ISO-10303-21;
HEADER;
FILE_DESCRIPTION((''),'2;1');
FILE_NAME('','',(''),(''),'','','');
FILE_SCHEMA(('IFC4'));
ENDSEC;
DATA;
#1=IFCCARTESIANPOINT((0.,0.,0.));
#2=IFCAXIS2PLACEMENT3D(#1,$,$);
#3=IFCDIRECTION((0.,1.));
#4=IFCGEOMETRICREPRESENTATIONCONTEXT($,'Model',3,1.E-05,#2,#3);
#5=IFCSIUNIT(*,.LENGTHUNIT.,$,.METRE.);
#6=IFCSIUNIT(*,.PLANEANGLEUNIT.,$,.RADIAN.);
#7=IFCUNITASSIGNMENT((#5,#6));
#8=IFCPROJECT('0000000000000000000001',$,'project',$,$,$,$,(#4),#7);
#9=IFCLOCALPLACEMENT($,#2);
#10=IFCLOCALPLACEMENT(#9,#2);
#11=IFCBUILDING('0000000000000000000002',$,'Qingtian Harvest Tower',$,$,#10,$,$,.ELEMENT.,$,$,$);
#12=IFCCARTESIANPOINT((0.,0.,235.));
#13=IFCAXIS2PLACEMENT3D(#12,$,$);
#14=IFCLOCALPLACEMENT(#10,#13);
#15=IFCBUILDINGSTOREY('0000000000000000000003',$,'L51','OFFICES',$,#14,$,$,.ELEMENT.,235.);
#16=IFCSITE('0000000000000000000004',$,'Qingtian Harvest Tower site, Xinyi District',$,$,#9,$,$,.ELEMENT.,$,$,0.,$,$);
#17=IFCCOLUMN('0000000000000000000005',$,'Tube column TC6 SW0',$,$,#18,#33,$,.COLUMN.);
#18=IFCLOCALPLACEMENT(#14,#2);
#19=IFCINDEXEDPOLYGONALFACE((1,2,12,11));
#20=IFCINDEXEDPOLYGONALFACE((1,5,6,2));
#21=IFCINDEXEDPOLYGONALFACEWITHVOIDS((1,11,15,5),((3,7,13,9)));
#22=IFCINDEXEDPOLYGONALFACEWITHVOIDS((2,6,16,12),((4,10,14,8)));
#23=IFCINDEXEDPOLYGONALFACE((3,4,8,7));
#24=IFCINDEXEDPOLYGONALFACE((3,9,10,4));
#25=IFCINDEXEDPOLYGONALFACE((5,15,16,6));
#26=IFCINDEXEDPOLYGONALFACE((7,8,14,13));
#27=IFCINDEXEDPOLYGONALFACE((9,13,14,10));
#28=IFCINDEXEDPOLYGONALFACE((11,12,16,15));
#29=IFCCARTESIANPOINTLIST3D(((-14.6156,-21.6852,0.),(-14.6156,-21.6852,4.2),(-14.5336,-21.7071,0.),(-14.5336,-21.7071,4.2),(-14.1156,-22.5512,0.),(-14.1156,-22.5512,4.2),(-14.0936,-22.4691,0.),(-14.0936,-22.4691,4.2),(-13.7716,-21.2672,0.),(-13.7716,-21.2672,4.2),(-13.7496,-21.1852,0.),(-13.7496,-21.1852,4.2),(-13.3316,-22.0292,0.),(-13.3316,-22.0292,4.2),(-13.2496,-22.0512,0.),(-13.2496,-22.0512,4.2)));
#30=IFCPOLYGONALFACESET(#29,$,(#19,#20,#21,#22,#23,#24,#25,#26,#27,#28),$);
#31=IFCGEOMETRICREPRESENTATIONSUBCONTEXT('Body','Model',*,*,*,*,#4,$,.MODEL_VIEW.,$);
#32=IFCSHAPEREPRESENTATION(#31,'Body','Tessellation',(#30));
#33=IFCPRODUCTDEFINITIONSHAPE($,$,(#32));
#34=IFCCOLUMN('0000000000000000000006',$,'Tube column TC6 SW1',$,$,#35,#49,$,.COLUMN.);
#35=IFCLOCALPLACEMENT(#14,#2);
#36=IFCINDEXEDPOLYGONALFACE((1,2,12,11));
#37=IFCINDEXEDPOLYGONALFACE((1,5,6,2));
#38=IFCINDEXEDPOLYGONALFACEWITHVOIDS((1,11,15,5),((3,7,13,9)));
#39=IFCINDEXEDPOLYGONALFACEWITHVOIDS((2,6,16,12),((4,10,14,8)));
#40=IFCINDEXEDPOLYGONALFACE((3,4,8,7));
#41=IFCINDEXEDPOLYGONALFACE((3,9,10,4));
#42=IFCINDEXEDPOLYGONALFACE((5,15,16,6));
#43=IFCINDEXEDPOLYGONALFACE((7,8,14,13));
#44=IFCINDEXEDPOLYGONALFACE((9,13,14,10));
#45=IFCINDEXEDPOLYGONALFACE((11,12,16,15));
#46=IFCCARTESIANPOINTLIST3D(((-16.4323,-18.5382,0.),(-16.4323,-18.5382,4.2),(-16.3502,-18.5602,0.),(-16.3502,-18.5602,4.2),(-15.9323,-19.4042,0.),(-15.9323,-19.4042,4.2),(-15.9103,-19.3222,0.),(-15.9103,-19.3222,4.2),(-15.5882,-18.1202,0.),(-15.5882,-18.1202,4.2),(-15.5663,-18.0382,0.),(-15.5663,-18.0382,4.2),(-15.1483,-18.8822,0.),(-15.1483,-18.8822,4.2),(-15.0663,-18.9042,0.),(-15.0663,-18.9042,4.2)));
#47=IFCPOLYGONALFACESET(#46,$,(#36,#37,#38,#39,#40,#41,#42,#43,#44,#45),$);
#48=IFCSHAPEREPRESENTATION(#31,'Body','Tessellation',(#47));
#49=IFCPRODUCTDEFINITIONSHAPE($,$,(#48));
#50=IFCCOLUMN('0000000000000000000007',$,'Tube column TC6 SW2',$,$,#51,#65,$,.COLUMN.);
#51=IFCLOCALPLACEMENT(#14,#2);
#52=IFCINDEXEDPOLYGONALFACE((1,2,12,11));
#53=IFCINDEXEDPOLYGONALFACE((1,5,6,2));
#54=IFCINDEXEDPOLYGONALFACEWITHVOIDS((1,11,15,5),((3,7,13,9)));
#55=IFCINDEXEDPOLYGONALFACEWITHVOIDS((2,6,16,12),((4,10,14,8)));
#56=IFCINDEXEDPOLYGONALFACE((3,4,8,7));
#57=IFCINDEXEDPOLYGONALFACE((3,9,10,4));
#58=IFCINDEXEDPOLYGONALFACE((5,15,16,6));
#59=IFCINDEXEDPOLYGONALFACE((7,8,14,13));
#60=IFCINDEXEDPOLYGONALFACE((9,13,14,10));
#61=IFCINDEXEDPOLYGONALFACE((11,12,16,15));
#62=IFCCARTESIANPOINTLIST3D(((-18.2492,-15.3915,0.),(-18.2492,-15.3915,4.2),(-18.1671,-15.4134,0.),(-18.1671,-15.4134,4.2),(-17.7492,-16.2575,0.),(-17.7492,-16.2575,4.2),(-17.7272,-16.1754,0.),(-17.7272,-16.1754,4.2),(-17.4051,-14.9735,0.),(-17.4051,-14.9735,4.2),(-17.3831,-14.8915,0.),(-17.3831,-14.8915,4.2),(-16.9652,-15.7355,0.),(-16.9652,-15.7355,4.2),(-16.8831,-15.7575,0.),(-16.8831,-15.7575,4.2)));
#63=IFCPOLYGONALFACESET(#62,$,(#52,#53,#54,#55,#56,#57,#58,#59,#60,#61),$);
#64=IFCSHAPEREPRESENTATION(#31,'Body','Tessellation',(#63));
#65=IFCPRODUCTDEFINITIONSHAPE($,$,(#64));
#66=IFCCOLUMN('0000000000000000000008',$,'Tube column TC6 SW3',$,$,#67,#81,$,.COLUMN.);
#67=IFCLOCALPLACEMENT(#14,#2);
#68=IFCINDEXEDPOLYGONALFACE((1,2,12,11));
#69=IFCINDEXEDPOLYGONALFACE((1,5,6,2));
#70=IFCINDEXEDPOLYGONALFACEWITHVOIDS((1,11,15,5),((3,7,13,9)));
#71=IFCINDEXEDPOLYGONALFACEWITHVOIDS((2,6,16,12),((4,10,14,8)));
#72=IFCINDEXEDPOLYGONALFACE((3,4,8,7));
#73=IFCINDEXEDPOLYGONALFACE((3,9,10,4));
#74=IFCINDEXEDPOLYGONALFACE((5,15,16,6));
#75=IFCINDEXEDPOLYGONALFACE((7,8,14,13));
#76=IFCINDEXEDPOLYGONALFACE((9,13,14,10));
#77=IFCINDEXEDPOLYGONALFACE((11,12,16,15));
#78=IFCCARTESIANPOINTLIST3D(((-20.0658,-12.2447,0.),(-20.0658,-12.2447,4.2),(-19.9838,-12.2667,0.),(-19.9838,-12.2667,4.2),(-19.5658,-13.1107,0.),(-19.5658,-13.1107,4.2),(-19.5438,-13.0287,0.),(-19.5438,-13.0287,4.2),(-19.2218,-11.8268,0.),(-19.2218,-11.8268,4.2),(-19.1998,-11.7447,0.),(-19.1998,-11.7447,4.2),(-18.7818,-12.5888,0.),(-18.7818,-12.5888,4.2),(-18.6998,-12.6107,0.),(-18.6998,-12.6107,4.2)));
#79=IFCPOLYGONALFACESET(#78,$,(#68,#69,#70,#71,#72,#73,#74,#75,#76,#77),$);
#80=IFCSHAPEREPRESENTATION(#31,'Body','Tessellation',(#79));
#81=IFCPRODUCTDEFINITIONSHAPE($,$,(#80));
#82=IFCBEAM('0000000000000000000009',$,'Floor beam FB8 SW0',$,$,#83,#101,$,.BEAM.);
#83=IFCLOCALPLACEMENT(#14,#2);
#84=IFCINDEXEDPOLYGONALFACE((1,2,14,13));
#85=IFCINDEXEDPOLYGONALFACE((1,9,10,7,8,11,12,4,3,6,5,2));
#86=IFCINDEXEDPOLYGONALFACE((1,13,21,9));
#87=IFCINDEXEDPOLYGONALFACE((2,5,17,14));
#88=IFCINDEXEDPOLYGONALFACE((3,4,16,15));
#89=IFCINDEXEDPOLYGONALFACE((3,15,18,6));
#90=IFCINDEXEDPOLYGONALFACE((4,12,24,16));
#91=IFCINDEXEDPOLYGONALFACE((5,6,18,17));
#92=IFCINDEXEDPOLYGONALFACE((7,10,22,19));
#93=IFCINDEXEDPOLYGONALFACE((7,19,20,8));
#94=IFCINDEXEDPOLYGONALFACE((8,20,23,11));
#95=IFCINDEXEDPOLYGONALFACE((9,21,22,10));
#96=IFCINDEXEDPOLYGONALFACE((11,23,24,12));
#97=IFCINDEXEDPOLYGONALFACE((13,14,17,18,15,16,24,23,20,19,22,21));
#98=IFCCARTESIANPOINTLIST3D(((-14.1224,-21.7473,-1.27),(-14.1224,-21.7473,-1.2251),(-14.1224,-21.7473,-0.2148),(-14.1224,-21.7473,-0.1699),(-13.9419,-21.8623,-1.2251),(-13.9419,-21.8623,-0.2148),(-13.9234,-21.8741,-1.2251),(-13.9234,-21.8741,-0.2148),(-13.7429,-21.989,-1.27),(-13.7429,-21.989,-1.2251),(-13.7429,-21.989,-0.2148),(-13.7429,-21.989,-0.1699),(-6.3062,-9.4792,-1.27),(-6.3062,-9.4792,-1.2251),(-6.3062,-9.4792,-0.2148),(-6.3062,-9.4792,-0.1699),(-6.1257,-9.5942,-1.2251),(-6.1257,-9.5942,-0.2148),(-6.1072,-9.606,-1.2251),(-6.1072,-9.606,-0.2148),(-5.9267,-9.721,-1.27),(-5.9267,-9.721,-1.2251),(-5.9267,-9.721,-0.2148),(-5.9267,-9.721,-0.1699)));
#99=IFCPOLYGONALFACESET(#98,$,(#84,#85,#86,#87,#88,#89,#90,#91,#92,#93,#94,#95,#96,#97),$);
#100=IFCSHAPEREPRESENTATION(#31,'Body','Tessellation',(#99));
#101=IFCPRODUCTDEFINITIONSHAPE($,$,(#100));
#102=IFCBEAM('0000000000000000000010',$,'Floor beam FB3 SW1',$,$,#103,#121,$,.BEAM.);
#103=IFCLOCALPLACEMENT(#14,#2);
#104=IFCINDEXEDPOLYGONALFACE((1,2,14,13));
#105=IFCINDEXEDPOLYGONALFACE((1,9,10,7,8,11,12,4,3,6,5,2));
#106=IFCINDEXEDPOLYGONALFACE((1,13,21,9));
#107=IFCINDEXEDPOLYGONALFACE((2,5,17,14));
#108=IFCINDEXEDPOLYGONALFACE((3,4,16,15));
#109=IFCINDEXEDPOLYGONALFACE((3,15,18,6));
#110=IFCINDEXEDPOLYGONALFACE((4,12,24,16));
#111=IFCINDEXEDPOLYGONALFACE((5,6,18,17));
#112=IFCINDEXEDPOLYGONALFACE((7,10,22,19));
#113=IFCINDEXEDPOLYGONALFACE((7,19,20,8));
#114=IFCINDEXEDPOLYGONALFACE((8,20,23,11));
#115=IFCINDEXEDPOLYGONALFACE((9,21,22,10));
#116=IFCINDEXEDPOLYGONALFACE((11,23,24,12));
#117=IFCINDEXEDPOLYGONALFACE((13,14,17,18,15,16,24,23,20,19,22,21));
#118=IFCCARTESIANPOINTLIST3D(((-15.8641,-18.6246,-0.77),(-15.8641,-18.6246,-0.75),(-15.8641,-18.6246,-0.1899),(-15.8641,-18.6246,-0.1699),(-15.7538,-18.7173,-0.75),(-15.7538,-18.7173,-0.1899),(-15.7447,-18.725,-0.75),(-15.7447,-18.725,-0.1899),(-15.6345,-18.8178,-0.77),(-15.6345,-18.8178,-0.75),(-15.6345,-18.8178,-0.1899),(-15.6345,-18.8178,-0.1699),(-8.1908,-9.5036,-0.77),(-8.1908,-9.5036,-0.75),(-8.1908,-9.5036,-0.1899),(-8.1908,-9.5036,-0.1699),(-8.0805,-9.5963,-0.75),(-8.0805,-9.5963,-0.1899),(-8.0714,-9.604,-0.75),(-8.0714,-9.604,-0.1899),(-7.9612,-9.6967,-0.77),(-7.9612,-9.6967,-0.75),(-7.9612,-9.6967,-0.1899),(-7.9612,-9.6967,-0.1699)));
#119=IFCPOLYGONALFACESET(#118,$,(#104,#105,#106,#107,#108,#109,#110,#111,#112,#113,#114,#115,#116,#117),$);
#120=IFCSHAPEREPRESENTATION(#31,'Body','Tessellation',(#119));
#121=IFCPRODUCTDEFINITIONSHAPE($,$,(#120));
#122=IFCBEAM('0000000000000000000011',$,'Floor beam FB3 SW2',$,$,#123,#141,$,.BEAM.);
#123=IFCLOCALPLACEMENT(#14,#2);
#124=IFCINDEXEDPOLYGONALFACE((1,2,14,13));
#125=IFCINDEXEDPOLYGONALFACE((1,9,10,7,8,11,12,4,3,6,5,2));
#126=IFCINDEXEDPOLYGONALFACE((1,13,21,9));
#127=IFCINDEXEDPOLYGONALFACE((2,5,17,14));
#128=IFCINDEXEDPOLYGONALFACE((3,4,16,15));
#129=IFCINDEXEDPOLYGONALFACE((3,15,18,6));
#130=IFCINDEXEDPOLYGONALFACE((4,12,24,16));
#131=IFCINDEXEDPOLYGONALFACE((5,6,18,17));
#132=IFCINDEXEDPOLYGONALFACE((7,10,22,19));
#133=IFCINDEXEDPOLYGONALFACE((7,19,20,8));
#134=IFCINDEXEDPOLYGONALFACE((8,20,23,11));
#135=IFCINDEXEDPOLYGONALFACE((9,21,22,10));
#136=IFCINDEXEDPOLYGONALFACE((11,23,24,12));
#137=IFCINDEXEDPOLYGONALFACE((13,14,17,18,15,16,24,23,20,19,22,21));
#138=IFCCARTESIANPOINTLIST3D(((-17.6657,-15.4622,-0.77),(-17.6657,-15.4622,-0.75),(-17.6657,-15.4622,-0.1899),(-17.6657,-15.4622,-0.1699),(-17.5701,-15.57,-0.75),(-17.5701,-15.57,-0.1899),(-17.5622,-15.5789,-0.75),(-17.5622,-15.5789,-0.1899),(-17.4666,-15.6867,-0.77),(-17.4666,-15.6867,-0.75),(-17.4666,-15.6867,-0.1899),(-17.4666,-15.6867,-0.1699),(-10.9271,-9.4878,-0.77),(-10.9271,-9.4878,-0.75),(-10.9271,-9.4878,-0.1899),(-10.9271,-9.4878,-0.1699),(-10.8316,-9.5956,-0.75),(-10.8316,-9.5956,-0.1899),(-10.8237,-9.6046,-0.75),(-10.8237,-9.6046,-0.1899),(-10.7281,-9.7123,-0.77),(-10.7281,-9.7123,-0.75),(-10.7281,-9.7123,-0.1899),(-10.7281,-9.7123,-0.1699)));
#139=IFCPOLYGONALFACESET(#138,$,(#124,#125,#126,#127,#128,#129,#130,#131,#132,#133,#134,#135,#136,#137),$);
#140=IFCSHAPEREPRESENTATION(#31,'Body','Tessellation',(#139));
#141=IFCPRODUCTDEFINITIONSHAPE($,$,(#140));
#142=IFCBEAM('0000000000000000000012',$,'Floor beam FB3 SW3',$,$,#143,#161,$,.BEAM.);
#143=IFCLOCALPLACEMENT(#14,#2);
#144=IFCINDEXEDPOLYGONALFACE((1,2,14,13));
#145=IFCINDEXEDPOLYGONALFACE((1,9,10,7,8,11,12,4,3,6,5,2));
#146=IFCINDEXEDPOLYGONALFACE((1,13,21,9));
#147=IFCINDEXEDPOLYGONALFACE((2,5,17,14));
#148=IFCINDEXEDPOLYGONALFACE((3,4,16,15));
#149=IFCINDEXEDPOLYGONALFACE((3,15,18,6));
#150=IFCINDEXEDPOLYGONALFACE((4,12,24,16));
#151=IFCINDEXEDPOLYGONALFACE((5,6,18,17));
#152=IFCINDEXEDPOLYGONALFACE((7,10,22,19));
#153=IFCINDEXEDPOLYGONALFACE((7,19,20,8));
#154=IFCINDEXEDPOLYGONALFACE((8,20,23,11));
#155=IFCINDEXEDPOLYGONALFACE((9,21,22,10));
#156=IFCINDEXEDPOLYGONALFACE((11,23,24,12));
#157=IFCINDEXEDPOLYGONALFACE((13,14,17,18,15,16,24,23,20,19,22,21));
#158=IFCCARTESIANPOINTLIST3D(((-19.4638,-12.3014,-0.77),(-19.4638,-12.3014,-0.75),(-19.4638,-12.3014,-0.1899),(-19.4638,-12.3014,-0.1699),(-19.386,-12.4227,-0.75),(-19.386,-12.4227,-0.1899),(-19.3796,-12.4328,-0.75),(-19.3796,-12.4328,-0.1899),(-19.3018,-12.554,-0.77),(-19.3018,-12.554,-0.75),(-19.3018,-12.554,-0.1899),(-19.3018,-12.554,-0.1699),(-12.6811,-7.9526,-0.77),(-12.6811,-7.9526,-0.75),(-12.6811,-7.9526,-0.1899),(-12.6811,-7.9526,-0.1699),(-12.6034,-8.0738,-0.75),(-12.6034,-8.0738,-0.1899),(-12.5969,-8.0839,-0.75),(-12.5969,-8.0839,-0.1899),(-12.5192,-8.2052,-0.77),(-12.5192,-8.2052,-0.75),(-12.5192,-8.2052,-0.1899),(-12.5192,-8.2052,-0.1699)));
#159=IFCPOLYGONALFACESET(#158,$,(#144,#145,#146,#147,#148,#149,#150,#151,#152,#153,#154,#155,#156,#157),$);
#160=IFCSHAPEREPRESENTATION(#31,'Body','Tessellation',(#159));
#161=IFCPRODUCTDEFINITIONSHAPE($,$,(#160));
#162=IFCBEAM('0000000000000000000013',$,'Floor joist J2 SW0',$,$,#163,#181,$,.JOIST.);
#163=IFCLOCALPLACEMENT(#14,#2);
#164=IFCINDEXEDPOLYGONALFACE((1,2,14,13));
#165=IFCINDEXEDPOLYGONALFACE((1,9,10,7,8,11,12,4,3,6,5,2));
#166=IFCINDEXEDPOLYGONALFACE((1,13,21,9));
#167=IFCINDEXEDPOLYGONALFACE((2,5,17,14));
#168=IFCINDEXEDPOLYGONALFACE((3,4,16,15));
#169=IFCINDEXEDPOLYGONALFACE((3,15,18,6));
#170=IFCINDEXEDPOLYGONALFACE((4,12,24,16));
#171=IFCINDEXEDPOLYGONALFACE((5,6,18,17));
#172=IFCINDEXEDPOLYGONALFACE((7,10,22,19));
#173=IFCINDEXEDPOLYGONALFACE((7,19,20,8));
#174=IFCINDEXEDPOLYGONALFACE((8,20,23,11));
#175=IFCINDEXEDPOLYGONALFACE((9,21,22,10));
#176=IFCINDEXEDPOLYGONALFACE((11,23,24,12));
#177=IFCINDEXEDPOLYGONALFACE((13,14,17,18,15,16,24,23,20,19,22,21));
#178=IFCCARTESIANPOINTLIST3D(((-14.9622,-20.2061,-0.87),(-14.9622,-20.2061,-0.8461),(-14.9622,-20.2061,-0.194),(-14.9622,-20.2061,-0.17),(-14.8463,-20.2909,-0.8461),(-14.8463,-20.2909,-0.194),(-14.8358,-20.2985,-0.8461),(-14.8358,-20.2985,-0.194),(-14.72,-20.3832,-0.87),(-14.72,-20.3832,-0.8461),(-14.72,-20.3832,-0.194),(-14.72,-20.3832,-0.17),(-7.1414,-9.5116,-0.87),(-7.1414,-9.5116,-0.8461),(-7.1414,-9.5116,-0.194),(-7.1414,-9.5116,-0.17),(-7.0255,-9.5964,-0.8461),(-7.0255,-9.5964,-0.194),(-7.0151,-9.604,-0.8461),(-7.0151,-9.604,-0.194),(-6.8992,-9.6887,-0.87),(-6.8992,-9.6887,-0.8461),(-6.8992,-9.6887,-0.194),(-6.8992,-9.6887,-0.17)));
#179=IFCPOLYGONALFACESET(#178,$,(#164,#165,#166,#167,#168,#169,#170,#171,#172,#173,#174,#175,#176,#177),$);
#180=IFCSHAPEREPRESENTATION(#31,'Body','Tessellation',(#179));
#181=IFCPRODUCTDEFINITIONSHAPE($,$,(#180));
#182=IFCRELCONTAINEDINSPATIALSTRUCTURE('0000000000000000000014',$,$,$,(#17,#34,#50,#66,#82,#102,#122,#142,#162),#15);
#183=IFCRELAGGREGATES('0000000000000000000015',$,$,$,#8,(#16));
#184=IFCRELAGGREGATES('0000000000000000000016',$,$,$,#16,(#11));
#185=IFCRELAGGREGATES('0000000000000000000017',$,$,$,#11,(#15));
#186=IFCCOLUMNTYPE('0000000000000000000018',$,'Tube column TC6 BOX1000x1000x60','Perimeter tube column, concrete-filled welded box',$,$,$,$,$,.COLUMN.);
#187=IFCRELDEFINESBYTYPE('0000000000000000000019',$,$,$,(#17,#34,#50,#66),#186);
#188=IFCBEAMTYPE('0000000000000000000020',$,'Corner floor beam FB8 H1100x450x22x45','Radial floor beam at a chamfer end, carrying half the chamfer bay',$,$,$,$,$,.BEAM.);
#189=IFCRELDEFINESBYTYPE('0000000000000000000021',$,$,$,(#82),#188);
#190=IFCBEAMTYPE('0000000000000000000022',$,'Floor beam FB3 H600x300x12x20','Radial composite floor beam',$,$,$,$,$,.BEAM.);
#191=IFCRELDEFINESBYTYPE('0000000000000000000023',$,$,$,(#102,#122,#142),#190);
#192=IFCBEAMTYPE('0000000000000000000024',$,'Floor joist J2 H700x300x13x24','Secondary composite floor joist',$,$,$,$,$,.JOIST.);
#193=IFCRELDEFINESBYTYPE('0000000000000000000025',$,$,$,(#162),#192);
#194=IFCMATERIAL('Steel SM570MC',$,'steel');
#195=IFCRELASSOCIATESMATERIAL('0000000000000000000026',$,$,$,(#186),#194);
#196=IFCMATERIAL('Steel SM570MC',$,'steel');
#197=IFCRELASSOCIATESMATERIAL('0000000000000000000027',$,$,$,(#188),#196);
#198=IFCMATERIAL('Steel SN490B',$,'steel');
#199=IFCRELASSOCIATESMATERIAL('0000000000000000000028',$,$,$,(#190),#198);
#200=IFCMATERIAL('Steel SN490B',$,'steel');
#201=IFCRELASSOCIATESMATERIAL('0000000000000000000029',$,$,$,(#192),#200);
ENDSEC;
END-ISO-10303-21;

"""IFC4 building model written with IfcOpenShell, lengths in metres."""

from ifc_helpers import new_model, si_unit, direction, frame, origin, origin_2d, place, context, subcontext, project, spatial, hollow_rectangle, i_section, extrude, material, material_profile, profile_set, type_object, element, save


model = new_model("IFC4")

# Units and contexts
model_context = context("Model", 3, precision=1e-05, world=origin(), true_north=direction((0.0, 1.0)))
body_context = subcontext(model_context, "Body", "Model", "MODEL_VIEW")
ifc_project = project(units=[si_unit("LENGTHUNIT", "METRE"), si_unit("PLANEANGLEUNIT", "RADIAN")], contexts=[model_context])

# Site, building, storey
site_placement = place(None, origin())
site = spatial("IfcSite", under=ifc_project, at=site_placement, Name="Qingtian Harvest Tower site, Xinyi District", CompositionType="ELEMENT", RefElevation=0.0)
building_placement = place(site_placement, origin())
building = spatial("IfcBuilding", under=site, at=building_placement, Name="Qingtian Harvest Tower", CompositionType="ELEMENT")
storey_placement = place(building_placement, frame((0.0, 0.0, 235.0)))
storey = spatial("IfcBuildingStorey", under=building, at=storey_placement, Name="L51", Description="OFFICES", CompositionType="ELEMENT", Elevation=235.0)

# Columns
ifc_material_1 = material(Name="Steel SM570MC", Category="steel")
ifc_material_profile_1 = material_profile(ifc_material_1, hollow_rectangle(XDim=1.0, YDim=1.0, WallThickness=0.0601, at=origin_2d()), Name="BOX1000x1000x60")
ifc_profile_set_1 = profile_set([ifc_material_profile_1], Name="Steel SM570MC")
column_type = type_object("IfcColumnType", Name="Tube column TC6 BOX1000x1000x60", Description="Perimeter tube column, concrete-filled welded box", PredefinedType="COLUMN", material=ifc_profile_set_1)
for number, where, z_axis, x_axis, name in (
    (1, (-13.9326, -21.8682, 0.0), (0.0, 0.0, 1.0), (0.5, -0.866025, 0.0), "Tube column TC6 SW0"),
    (2, (-15.7493, -18.7212, 0.0), (0.0, 0.0, 1.0), (0.5, -0.866025, 0.0), "Tube column TC6 SW1"),
    (3, (-17.5662, -15.5745, 0.0), (0.0, 0.0, 1.0), (0.5, -0.866025, 0.0), "Tube column TC6 SW2"),
    (4, (-19.3828, -12.4277, 0.0), (0.0, 0.0, 1.0), (0.5, -0.866025, 0.0), "Tube column TC6 SW3"),
):
    element("IfcColumn", number, at=place(storey_placement, frame(where, z_axis=z_axis, x_axis=x_axis)), inside=storey, type_object=column_type, Name=name, PredefinedType="COLUMN", context=body_context, shape_type="SweptSolid", body=[
        extrude(hollow_rectangle(XDim=1.0, YDim=1.0, WallThickness=0.0601, at=origin_2d()), origin(), (0.0, 0.0, 1.0), 4.2),
    ])

# Beams
ifc_material_2 = material(Name="Steel SM570MC", Category="steel")
ifc_material_profile_2 = material_profile(ifc_material_2, i_section(OverallWidth=0.45, OverallDepth=1.1001, WebThickness=0.022, FlangeThickness=0.0449, at=origin_2d()), Name="H1100x450x22x45")
ifc_profile_set_2 = profile_set([ifc_material_profile_2], Name="Steel SM570MC")
beam_type_1 = type_object("IfcBeamType", Name="Corner floor beam FB8 H1100x450x22x45", Description="Radial floor beam at a chamfer end, carrying half the chamfer bay", PredefinedType="BEAM", material=ifc_profile_set_2)
beam_1_placement = place(storey_placement, frame((-13.9326, -21.8682, -0.72), z_axis=(0.537326, 0.843375, 0.0), x_axis=(-0.843375, 0.537326, 0.0)))
element("IfcBeam", 5, at=beam_1_placement, inside=storey, type_object=beam_type_1, Name="Floor beam FB8 SW0", PredefinedType="BEAM", context=body_context, shape_type="SweptSolid", body=[
    extrude(i_section(OverallWidth=0.45, OverallDepth=1.1001, WebThickness=0.022, FlangeThickness=0.0449, at=origin_2d()), origin(), (0.0, 0.0, 1.0), 14.5464),
])
ifc_material_3 = material(Name="Steel SN490B", Category="steel")
ifc_material_profile_3 = material_profile(ifc_material_3, i_section(OverallWidth=0.3, OverallDepth=0.6001, WebThickness=0.012, FlangeThickness=0.02, at=origin_2d()), Name="H600x300x12x20")
ifc_profile_set_3 = profile_set([ifc_material_profile_3], Name="Steel SN490B")
beam_type_2 = type_object("IfcBeamType", Name="Floor beam FB3 H600x300x12x20", Description="Radial composite floor beam", PredefinedType="BEAM", material=ifc_profile_set_3)
beam_2_placement = place(storey_placement, frame((-15.7493, -18.7212, -0.47), z_axis=(0.643764, 0.765224, 0.0), x_axis=(-0.765224, 0.643764, 0.0)))
element("IfcBeam", 6, at=beam_2_placement, inside=storey, type_object=beam_type_2, Name="Floor beam FB3 SW1", PredefinedType="BEAM", context=body_context, shape_type="SweptSolid", body=[
    extrude(i_section(OverallWidth=0.3, OverallDepth=0.6001, WebThickness=0.012, FlangeThickness=0.02, at=origin_2d()), origin(), (0.0, 0.0, 1.0), 11.9194),
])
beam_3_placement = place(storey_placement, frame((-17.5662, -15.5745, -0.47), z_axis=(0.74826, 0.663406, 0.0), x_axis=(-0.663406, 0.74826, 0.0)))
element("IfcBeam", 7, at=beam_3_placement, inside=storey, type_object=beam_type_2, Name="Floor beam FB3 SW2", PredefinedType="BEAM", context=body_context, shape_type="SweptSolid", body=[
    extrude(i_section(OverallWidth=0.3, OverallDepth=0.6001, WebThickness=0.012, FlangeThickness=0.02, at=origin_2d()), origin(), (0.0, 0.0, 1.0), 9.0056),
])
beam_4_placement = place(storey_placement, frame((-19.3828, -12.4277, -0.47), z_axis=(0.841824, 0.539753, 0.0), x_axis=(-0.539753, 0.841824, 0.0)))
element("IfcBeam", 8, at=beam_4_placement, inside=storey, type_object=beam_type_2, Name="Floor beam FB3 SW3", PredefinedType="BEAM", context=body_context, shape_type="SweptSolid", body=[
    extrude(i_section(OverallWidth=0.3, OverallDepth=0.6001, WebThickness=0.012, FlangeThickness=0.02, at=origin_2d()), origin(), (0.0, 0.0, 1.0), 8.0571),
])
ifc_material_4 = material(Name="Steel SN490B", Category="steel")
ifc_material_profile_4 = material_profile(ifc_material_4, i_section(OverallWidth=0.3, OverallDepth=0.7, WebThickness=0.0129, FlangeThickness=0.0239, at=origin_2d()), Name="H700x300x13x24")
ifc_profile_set_4 = profile_set([ifc_material_profile_4], Name="Steel SN490B")
beam_type_3 = type_object("IfcBeamType", Name="Floor joist J2 H700x300x13x24", Description="Secondary composite floor joist", PredefinedType="JOIST", material=ifc_profile_set_4)
beam_5_placement = place(storey_placement, frame((-14.8411, -20.2947, -0.52), z_axis=(0.590289, 0.807192, 0.0), x_axis=(-0.807192, 0.590289, 0.0)))
element("IfcBeam", 9, at=beam_5_placement, inside=storey, type_object=beam_type_3, Name="Floor joist J2 SW0", PredefinedType="JOIST", context=body_context, shape_type="SweptSolid", body=[
    extrude(i_section(OverallWidth=0.3, OverallDepth=0.7, WebThickness=0.0129, FlangeThickness=0.0239, at=origin_2d()), origin(), (0.0, 0.0, 1.0), 13.249),
])

save(model, "model.ifc")
